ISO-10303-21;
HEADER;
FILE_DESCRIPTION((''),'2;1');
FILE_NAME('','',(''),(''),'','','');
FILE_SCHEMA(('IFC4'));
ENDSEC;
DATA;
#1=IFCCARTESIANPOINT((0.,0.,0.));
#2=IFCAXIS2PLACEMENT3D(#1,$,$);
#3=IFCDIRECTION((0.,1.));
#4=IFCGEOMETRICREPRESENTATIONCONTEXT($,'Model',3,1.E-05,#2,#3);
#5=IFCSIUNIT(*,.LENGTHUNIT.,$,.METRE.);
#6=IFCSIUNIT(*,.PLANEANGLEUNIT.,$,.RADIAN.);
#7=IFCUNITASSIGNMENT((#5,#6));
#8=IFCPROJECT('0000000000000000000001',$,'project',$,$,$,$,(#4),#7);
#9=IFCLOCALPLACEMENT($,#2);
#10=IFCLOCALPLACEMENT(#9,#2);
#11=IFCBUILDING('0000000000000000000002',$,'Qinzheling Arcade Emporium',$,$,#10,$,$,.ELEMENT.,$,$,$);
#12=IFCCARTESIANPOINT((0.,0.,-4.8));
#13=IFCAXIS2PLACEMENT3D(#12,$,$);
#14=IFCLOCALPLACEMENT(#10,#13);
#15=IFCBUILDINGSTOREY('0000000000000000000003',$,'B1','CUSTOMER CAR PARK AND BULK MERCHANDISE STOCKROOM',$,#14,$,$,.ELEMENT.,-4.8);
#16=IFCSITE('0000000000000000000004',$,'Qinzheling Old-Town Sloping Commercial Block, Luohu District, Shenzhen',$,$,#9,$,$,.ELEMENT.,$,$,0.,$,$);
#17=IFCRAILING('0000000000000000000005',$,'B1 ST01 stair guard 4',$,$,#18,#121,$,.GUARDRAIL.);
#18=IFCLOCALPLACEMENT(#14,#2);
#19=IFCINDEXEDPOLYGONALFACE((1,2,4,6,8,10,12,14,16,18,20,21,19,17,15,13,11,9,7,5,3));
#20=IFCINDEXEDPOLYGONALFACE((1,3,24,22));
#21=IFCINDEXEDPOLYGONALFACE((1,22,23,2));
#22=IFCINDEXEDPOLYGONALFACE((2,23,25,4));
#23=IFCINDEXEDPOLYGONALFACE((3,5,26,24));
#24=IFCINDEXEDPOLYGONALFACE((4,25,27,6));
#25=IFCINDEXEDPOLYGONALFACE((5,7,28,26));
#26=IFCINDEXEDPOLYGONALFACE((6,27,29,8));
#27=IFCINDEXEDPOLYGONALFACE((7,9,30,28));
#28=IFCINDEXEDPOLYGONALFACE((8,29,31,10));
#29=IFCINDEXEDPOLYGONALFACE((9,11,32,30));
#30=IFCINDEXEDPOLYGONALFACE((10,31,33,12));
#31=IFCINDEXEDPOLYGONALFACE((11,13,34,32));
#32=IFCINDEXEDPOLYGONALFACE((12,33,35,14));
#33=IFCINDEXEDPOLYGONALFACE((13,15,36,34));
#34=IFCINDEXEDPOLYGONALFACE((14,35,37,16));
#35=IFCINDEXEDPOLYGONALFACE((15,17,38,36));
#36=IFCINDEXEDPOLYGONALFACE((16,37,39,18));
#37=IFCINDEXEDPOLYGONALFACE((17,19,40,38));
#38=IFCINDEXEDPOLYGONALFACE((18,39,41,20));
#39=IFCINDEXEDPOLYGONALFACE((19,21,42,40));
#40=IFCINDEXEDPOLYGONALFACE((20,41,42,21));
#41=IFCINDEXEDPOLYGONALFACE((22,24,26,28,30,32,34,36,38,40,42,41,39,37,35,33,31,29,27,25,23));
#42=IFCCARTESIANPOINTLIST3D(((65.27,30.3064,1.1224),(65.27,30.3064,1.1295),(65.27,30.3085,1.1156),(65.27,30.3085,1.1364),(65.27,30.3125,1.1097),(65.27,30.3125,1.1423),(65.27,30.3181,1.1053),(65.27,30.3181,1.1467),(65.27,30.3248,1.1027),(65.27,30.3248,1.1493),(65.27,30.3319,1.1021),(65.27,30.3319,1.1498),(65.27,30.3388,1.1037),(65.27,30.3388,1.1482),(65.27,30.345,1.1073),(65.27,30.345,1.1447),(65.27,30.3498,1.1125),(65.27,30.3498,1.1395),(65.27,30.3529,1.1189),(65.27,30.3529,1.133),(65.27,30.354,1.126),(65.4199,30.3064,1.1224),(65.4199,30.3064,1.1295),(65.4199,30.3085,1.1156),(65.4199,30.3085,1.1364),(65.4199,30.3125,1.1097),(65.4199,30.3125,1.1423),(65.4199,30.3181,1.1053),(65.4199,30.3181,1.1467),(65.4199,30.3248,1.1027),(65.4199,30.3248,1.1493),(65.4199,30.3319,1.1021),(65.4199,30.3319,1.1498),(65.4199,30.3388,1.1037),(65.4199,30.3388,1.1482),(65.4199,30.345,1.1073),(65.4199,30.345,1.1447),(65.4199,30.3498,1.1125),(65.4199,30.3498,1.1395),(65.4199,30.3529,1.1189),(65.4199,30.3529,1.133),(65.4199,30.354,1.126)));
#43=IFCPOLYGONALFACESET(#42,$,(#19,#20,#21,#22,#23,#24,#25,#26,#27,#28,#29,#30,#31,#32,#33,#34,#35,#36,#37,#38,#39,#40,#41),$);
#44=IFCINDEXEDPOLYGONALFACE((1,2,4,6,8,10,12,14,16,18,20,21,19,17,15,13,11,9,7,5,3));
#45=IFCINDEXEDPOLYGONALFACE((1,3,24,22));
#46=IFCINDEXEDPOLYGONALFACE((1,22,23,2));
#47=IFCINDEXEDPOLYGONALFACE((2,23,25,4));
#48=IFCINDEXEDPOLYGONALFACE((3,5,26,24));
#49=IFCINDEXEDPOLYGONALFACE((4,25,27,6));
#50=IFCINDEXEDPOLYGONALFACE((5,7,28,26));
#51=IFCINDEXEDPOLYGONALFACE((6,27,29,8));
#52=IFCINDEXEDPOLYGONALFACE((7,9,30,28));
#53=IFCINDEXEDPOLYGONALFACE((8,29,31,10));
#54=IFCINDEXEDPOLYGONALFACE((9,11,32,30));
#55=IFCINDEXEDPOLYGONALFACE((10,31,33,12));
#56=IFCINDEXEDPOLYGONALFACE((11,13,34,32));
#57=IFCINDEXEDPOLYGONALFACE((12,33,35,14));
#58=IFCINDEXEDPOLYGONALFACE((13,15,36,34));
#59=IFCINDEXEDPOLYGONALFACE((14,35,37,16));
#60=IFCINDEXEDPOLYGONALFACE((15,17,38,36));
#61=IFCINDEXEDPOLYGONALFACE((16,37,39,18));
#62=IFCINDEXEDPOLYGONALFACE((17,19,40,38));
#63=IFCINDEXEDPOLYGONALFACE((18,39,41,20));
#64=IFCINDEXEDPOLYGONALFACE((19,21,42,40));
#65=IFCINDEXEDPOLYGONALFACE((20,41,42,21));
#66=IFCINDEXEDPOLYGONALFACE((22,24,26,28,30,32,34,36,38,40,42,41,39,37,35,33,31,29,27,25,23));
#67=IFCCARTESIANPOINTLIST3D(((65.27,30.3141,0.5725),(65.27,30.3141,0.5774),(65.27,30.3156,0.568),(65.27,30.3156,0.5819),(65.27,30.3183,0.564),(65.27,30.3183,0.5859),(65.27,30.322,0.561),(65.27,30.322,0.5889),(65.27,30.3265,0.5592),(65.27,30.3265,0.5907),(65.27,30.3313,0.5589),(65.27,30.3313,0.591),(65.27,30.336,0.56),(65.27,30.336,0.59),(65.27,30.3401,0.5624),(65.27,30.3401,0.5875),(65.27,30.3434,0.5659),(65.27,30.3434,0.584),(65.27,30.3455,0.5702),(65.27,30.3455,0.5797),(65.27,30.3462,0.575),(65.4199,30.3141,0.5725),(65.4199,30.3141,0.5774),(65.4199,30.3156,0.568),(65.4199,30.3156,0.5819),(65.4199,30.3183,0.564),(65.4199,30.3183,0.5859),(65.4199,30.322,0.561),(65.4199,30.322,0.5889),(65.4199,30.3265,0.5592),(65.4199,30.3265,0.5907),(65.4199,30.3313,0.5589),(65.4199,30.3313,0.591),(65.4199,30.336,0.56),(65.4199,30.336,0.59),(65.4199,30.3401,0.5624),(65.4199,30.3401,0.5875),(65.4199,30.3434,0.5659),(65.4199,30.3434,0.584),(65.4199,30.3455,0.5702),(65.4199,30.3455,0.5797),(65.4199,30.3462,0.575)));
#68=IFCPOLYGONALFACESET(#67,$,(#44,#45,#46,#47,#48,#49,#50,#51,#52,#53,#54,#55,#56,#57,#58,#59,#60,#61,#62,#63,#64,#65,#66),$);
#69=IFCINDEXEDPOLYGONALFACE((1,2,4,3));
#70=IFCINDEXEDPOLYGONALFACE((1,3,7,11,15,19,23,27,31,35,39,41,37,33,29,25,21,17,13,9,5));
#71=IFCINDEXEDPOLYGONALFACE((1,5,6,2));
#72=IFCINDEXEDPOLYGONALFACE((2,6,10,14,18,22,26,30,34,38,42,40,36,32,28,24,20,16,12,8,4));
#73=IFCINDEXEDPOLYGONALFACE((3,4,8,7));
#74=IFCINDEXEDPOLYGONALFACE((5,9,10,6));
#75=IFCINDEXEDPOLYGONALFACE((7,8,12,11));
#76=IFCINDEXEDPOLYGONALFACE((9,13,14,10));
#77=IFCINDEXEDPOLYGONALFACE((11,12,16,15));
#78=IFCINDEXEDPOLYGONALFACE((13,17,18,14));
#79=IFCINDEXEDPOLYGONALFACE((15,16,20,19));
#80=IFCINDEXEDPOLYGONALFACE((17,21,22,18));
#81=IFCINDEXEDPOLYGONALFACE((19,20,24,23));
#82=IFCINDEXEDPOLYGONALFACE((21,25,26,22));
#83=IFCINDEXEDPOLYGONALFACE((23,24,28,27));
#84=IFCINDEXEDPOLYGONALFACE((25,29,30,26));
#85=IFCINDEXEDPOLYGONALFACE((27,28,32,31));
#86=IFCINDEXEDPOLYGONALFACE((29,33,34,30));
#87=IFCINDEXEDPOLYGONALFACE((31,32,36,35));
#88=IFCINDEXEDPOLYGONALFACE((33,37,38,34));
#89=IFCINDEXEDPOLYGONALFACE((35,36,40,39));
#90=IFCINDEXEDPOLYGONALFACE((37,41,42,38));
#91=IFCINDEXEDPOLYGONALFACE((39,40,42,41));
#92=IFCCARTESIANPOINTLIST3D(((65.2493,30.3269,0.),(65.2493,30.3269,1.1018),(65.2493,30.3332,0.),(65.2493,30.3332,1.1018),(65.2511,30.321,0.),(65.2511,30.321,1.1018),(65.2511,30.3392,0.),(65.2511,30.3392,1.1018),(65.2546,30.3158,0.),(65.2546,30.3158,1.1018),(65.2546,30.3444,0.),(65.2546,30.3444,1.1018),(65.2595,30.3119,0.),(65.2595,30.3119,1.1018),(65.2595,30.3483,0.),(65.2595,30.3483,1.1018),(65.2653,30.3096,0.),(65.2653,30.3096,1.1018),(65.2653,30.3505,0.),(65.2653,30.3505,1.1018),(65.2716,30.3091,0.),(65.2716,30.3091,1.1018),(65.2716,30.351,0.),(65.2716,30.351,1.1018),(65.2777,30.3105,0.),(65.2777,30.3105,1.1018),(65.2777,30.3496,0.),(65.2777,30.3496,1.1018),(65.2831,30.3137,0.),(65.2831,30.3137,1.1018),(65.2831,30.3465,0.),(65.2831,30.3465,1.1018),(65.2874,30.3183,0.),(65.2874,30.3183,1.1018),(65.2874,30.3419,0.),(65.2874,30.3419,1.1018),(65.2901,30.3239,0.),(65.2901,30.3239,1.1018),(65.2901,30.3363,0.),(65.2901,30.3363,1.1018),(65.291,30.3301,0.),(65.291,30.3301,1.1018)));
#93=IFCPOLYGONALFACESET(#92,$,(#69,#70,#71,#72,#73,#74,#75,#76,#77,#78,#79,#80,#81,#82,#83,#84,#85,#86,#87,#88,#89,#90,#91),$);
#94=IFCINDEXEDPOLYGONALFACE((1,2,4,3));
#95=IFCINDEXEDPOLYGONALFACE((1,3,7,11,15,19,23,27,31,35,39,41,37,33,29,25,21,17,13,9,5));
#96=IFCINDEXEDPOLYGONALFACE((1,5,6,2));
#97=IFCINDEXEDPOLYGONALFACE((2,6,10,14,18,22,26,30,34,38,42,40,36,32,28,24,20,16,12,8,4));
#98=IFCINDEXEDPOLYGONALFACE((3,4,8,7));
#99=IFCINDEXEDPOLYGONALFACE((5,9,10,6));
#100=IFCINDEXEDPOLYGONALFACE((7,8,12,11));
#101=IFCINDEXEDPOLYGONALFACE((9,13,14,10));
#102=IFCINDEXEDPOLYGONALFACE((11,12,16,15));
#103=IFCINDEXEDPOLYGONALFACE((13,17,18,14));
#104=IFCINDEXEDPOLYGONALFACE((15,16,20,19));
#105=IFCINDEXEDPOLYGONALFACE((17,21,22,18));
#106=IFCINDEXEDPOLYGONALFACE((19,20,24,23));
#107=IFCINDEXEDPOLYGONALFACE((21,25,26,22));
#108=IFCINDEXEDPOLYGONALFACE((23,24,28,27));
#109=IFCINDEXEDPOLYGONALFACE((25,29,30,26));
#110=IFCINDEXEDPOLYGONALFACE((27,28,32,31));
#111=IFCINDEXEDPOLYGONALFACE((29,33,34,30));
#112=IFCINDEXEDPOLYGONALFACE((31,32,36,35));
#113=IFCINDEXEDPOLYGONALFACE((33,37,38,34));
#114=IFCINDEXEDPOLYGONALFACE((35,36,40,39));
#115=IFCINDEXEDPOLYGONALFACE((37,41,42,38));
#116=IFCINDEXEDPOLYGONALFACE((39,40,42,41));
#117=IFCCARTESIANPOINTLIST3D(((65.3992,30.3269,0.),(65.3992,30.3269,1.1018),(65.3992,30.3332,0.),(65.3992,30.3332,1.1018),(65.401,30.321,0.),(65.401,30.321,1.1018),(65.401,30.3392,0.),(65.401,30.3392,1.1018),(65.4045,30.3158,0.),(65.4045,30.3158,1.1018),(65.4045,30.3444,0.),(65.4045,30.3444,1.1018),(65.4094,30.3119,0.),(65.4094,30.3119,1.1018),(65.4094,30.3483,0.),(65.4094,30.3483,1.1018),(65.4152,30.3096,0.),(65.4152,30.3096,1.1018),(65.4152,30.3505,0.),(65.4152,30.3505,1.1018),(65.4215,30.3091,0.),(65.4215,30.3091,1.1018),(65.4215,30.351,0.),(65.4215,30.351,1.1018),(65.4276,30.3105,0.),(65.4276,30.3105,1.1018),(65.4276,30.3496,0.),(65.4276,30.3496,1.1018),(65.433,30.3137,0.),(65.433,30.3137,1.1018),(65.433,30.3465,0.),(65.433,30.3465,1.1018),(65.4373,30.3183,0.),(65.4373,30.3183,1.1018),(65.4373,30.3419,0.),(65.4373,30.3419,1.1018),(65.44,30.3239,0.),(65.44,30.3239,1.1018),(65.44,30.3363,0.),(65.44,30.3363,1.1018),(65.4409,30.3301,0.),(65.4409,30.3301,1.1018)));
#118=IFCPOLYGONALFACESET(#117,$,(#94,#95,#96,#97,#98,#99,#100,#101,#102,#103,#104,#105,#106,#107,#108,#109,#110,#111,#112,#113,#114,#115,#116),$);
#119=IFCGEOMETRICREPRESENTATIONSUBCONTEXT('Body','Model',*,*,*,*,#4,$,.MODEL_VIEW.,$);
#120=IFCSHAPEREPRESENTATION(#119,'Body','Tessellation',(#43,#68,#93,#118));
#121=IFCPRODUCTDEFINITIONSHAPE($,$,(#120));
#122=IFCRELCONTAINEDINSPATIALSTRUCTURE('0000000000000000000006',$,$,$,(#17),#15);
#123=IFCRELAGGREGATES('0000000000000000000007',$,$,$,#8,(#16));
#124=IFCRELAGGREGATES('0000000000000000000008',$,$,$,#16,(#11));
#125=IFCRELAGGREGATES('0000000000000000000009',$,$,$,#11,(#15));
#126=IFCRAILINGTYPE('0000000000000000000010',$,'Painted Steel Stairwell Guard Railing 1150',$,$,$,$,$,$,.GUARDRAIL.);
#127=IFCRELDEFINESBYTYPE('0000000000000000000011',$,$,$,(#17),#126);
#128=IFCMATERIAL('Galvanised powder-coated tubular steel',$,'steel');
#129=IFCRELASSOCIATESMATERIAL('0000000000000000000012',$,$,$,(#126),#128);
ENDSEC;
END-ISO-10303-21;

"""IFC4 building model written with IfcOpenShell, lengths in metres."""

from ifc_helpers import new_model, si_unit, direction, frame, origin, origin_2d, place, context, subcontext, project, spatial, circle, extrude, material, type_object, element, save


model = new_model("IFC4")

# Units and contexts
model_context = context("Model", 3, precision=1e-05, world=origin(), true_north=direction((0.0, 1.0)))
body_context = subcontext(model_context, "Body", "Model", "MODEL_VIEW")
ifc_project = project(units=[si_unit("LENGTHUNIT", "METRE"), si_unit("PLANEANGLEUNIT", "RADIAN")], contexts=[model_context])

# Site, building, storey
site_placement = place(None, origin())
site = spatial("IfcSite", under=ifc_project, at=site_placement, Name="Qinzheling Old-Town Sloping Commercial Block, Luohu District, Shenzhen", CompositionType="ELEMENT", RefElevation=0.0)
building_placement = place(site_placement, origin())
building = spatial("IfcBuilding", under=site, at=building_placement, Name="Qinzheling Arcade Emporium", CompositionType="ELEMENT")
storey_placement = place(building_placement, frame((0.0, 0.0, -4.8)))
storey = spatial("IfcBuildingStorey", under=building, at=storey_placement, Name="B1", Description="CUSTOMER CAR PARK AND BULK MERCHANDISE STOCKROOM", CompositionType="ELEMENT", Elevation=-4.8)

# Railing
ifc_material_1 = material(Name="Galvanised powder-coated tubular steel", Category="steel")
railing_type_1 = type_object("IfcRailingType", Name="Painted Steel Stairwell Guard Railing 1150", PredefinedType="GUARDRAIL", material=ifc_material_1)
railing_1_placement = place(storey_placement, frame((65.27, 30.3301, 0.0)))
element("IfcRailing", 1, at=railing_1_placement, inside=storey, type_object=railing_type_1, Name="B1 ST01 stair guard 4", PredefinedType="GUARDRAIL", context=body_context, shape_type="SweptSolid", body=[
    extrude(circle(Radius=0.0239, at=origin_2d()), frame((0.0, 0.0, 1.126), z_axis=(1.0, 0.0, 0.0), x_axis=(0.0, 1.0, 0.0)), (0.0, 0.0, 1.0), 0.1499),
    extrude(circle(Radius=0.0161, at=origin_2d()), frame((0.0, 0.0, 0.575), z_axis=(1.0, 0.0, 0.0), x_axis=(0.0, 1.0, 0.0)), (0.0, 0.0, 1.0), 0.1499),
    extrude(circle(Radius=0.021, at=origin_2d()), origin(), (0.0, 0.0, 1.0), 1.1018),
    extrude(circle(Radius=0.021, at=origin_2d()), frame((0.1499, 0.0, 0.0)), (0.0, 0.0, 1.0), 1.1018),
])

save(model, "model.ifc")
